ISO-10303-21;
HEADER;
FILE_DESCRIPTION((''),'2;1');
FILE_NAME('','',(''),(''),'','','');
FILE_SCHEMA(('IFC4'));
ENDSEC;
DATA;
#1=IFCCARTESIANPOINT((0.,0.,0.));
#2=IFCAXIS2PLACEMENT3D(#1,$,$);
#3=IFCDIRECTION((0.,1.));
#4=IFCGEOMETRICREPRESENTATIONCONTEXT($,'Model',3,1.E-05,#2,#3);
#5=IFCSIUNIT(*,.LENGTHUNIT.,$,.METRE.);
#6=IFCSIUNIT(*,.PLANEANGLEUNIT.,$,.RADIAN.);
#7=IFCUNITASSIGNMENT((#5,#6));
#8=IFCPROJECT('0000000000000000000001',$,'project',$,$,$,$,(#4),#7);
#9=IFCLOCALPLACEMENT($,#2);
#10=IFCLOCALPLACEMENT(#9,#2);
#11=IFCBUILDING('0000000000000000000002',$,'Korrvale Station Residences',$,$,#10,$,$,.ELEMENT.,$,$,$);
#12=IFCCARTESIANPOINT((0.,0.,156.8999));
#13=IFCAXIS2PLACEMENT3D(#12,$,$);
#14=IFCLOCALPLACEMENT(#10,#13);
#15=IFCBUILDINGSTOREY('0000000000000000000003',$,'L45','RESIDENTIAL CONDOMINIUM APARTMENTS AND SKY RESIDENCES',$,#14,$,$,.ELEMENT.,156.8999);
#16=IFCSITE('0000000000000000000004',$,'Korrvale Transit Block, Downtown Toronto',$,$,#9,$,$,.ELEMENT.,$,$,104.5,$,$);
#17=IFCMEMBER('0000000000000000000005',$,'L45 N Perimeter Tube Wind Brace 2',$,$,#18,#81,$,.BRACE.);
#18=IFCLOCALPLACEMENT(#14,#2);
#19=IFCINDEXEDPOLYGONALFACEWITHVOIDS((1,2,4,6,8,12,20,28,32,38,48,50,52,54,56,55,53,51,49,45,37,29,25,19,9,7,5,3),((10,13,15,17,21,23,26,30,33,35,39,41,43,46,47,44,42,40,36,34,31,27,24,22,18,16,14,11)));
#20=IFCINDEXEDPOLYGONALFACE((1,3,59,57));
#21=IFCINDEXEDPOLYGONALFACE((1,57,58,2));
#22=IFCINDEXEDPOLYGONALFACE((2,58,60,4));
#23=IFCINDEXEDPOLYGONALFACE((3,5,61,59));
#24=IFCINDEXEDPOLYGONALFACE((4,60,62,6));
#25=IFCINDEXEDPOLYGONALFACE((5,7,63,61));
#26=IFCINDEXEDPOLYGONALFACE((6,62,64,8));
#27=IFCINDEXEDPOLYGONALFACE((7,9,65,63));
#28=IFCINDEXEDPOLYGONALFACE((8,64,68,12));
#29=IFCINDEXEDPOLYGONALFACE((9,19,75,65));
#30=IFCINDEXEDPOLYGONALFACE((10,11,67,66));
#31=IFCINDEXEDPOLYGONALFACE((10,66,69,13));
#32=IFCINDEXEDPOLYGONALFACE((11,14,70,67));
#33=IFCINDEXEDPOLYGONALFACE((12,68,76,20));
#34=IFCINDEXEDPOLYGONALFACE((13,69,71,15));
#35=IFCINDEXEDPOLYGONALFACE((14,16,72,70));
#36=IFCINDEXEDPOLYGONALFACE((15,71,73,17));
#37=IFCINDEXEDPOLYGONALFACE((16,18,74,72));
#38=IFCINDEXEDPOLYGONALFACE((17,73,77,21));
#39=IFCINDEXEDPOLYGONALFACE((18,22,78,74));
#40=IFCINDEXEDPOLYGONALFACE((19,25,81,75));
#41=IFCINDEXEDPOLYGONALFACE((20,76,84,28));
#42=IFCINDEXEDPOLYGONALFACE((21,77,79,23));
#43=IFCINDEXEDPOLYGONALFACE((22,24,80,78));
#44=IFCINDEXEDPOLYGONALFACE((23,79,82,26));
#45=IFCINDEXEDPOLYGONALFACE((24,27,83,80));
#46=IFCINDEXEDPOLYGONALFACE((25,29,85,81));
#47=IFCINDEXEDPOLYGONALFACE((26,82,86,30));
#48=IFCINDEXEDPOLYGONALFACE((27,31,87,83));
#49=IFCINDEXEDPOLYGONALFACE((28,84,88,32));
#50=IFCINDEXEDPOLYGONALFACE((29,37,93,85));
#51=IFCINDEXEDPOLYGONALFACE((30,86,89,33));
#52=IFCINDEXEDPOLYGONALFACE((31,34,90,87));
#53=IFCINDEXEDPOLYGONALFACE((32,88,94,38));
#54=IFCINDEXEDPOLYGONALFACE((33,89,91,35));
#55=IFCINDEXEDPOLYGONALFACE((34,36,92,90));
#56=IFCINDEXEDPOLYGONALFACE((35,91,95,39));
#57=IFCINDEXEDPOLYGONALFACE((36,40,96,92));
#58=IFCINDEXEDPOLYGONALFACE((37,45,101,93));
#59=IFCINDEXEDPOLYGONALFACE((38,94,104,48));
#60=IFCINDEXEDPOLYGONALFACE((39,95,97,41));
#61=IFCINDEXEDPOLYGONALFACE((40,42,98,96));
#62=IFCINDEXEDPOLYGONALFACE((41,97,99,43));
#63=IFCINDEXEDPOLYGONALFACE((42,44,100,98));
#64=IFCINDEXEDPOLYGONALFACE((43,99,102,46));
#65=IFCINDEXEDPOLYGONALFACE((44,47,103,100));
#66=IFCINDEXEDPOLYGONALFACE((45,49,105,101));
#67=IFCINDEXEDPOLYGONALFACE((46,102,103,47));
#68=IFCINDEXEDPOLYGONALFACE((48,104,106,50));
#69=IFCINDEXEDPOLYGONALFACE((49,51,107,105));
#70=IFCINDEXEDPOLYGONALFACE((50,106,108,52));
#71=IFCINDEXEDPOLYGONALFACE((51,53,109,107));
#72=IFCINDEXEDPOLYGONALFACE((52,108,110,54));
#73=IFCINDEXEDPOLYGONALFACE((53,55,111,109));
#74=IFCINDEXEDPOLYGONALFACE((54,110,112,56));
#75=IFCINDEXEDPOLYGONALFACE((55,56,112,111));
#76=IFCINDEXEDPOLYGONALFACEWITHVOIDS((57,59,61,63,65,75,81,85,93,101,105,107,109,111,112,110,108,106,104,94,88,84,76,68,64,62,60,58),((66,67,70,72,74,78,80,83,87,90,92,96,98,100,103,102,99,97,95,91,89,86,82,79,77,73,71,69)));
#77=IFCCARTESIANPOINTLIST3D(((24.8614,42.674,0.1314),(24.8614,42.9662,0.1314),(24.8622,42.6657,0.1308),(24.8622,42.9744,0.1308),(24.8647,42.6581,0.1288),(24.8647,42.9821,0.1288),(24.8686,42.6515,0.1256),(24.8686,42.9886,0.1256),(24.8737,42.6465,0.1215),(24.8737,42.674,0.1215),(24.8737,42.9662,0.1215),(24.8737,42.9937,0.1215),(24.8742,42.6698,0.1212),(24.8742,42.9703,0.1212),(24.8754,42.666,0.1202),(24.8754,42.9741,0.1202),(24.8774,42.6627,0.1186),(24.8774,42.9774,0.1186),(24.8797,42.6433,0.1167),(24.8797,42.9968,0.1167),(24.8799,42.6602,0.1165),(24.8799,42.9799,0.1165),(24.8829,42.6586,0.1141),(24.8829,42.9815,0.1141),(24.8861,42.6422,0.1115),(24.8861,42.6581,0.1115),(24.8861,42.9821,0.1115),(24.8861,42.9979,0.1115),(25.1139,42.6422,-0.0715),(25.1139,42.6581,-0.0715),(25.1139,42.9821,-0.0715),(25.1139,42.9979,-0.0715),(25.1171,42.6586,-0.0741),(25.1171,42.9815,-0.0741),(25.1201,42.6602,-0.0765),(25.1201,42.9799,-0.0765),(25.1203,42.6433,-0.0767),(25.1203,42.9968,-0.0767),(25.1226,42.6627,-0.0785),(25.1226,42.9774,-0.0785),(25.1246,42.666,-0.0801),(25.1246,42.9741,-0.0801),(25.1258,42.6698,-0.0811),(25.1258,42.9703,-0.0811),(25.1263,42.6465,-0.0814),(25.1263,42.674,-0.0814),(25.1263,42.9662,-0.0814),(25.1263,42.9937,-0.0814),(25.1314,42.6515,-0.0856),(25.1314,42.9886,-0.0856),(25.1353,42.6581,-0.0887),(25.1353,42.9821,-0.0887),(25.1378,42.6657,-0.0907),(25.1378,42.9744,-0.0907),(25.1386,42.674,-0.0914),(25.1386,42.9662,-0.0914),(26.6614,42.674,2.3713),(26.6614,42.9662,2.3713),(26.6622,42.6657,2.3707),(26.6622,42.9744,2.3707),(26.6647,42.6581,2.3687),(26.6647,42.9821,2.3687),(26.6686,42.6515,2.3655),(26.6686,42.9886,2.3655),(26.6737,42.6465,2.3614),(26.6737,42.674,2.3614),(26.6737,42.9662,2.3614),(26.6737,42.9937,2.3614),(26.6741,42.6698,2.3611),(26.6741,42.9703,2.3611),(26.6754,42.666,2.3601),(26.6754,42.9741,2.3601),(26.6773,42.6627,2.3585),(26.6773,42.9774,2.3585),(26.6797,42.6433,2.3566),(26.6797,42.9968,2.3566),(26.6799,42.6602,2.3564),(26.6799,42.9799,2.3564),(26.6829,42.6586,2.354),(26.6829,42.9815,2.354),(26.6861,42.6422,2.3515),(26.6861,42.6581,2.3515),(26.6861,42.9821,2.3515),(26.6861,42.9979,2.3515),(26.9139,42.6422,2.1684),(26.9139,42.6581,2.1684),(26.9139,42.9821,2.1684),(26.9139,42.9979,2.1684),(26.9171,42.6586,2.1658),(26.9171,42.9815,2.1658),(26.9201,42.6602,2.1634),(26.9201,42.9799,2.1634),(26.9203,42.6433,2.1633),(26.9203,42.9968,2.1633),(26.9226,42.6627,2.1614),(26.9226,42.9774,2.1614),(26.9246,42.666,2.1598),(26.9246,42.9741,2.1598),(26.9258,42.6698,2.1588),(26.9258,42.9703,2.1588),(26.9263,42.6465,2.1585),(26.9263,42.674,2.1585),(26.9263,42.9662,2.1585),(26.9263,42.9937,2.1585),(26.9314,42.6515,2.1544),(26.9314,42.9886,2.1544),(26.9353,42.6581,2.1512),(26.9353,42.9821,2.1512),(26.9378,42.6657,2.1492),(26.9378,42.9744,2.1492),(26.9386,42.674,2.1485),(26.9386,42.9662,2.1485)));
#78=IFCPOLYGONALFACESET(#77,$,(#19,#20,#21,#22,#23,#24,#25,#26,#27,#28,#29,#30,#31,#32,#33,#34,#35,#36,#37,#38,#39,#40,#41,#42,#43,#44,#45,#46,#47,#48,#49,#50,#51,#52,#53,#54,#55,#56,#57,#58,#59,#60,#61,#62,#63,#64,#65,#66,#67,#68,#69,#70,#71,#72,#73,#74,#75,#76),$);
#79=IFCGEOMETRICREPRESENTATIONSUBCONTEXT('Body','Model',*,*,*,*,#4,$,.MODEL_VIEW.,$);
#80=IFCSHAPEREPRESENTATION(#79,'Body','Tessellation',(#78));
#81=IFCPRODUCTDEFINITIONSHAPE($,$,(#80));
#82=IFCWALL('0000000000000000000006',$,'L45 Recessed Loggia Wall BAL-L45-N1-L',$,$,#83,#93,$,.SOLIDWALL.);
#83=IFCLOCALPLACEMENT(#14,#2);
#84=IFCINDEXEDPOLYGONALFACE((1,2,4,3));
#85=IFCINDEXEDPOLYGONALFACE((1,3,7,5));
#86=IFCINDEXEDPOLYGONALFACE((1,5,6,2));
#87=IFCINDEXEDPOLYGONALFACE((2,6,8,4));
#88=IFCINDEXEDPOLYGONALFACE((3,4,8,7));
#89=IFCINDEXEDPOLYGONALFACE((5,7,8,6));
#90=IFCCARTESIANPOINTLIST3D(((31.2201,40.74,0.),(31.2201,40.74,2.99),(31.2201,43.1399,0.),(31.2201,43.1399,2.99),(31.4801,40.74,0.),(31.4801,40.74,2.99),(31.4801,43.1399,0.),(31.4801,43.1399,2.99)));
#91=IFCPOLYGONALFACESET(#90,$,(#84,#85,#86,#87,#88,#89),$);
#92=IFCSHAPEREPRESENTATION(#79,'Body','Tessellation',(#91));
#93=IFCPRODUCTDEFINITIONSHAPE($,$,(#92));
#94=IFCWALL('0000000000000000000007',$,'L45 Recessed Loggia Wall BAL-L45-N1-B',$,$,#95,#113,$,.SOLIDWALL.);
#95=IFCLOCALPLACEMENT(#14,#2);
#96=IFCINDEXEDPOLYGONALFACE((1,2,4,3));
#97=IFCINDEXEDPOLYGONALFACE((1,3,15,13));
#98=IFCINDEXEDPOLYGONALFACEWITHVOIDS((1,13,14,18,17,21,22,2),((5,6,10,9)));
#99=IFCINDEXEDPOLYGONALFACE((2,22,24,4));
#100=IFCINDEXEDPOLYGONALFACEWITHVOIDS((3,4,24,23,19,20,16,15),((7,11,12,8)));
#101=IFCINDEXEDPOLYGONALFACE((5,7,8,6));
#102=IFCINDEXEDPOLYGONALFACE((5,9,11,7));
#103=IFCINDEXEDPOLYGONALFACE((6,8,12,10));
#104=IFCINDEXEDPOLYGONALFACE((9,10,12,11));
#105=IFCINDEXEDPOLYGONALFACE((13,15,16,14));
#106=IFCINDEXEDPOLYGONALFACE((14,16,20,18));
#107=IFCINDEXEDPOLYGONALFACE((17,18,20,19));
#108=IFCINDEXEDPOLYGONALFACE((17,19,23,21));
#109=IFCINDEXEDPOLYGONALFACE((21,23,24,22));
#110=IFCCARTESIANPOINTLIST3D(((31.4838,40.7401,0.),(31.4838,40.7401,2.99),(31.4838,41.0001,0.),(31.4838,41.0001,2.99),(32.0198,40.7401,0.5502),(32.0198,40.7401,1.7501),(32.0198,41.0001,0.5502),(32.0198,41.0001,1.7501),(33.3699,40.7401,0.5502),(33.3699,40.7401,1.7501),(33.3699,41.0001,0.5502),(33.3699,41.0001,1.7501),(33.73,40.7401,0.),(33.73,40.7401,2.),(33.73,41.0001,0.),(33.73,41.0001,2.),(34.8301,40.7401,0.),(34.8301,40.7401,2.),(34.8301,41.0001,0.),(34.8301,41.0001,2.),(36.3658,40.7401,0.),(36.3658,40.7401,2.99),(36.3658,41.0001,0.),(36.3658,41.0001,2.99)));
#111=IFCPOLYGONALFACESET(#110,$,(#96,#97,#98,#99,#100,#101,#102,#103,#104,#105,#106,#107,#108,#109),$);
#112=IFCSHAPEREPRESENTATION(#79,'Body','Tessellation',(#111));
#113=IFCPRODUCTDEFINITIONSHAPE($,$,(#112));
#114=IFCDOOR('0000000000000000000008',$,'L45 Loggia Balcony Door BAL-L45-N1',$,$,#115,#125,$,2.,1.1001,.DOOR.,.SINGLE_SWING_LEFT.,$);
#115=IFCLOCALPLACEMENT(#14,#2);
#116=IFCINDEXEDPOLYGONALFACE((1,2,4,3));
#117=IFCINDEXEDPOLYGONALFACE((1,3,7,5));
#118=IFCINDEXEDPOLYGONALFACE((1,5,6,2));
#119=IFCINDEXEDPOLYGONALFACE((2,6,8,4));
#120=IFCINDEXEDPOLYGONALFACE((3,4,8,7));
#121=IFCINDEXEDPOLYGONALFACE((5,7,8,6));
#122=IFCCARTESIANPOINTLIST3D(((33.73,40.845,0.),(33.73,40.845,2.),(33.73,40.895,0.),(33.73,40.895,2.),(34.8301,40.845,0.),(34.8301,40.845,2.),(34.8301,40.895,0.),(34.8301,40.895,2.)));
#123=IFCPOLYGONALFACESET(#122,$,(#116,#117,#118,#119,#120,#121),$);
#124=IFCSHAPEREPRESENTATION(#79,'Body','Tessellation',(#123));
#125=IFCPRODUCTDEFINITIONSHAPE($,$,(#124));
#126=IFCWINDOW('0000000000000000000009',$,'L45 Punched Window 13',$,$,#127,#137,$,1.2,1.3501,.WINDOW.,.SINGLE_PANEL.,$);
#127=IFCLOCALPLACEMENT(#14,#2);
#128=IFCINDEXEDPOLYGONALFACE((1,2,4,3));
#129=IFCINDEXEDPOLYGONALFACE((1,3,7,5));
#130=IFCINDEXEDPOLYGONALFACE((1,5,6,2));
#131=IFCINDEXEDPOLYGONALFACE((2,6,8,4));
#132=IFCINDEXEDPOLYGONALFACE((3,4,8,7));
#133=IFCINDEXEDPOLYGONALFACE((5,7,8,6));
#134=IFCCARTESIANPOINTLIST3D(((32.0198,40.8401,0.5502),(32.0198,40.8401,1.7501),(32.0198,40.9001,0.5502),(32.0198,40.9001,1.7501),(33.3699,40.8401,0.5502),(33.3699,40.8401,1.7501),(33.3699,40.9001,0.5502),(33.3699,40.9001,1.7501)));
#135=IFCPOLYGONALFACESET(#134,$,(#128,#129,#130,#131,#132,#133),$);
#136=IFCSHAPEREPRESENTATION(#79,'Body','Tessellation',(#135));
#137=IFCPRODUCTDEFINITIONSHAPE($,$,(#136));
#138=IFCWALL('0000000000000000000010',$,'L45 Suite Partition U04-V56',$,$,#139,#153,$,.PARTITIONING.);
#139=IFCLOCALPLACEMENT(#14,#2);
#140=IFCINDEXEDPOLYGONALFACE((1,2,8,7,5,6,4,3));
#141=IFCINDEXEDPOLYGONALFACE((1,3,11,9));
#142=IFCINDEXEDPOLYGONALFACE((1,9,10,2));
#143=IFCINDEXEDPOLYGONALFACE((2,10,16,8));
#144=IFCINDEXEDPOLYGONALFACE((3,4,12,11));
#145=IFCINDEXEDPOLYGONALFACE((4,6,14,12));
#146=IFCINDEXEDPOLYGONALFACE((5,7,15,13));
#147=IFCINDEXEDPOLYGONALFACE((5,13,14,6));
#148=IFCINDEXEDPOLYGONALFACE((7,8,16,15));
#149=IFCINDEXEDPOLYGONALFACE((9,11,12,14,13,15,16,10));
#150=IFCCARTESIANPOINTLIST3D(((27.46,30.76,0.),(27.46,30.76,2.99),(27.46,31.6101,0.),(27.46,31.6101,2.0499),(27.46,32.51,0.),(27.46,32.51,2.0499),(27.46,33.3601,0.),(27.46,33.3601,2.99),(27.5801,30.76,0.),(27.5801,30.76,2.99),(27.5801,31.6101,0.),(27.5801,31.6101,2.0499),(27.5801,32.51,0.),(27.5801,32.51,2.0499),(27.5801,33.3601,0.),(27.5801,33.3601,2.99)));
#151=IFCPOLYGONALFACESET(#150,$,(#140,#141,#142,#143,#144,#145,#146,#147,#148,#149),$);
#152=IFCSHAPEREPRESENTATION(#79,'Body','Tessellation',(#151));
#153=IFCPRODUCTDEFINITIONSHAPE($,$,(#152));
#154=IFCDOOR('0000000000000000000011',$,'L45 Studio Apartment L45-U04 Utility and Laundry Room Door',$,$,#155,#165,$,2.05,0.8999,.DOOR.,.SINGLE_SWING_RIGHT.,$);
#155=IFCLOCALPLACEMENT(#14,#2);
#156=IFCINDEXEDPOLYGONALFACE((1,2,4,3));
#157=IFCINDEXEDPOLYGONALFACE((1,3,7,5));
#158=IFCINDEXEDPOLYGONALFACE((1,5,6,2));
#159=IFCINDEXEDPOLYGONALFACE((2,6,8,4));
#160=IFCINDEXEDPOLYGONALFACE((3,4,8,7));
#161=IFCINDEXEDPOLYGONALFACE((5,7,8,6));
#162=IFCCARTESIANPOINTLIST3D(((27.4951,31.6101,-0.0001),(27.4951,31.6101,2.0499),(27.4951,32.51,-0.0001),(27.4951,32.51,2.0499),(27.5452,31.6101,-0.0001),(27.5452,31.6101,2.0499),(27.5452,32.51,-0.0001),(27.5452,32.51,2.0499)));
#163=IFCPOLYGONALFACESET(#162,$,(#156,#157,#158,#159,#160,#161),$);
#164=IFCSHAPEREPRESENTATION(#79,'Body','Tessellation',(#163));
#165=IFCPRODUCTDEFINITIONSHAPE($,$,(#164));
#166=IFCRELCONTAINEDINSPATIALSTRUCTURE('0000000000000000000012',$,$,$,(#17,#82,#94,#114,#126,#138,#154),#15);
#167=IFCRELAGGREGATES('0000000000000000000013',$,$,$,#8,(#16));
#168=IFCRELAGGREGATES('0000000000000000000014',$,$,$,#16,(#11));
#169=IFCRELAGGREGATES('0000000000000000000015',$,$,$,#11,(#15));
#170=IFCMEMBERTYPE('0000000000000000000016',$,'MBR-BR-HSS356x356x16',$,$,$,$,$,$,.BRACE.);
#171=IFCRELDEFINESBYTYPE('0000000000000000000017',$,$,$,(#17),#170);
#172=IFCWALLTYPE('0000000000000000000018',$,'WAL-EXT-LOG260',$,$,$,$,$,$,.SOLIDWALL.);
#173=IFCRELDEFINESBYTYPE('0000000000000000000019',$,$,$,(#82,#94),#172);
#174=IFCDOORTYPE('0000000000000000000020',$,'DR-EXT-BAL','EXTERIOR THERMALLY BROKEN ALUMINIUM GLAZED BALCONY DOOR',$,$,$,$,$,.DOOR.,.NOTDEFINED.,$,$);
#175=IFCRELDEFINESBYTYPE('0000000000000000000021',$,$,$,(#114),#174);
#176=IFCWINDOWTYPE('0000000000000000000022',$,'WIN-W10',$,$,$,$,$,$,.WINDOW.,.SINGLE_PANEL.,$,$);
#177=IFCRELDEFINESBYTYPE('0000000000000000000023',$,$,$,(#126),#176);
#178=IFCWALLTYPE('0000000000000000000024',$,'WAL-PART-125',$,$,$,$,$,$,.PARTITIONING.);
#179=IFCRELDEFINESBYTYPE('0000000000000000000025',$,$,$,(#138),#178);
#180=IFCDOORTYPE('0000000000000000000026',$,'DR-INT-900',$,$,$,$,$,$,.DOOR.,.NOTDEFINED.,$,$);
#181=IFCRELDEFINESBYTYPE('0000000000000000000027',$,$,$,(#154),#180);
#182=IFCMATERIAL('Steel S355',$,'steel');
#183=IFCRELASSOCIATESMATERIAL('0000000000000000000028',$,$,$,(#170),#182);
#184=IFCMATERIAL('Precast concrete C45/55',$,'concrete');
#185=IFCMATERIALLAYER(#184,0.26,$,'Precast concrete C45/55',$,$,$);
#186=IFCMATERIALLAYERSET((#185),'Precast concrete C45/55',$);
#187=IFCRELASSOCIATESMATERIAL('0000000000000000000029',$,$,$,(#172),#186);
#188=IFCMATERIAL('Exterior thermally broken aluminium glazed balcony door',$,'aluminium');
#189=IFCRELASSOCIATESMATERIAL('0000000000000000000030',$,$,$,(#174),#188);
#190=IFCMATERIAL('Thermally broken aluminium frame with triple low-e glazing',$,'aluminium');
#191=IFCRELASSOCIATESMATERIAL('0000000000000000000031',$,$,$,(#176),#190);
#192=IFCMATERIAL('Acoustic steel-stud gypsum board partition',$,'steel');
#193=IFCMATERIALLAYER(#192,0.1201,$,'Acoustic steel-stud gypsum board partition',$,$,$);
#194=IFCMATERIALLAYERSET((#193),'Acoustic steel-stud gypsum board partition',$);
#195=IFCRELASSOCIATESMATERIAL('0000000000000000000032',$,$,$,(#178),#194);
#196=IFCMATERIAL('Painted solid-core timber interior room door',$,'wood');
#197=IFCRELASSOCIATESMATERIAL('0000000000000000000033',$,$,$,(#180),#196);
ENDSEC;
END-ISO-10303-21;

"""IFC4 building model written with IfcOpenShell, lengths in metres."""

from ifc_helpers import new_model, si_unit, direction, frame, frame_2d, origin, origin_2d, place, context, subcontext, project, spatial, rectangle, hollow_rectangle, extrude, material, layer, layer_set, material_profile, profile_set, type_object, element, fill, save


model = new_model("IFC4")

# Units and contexts
model_context = context("Model", 3, precision=1e-05, world=origin(), true_north=direction((0.0, 1.0)))
body_context = subcontext(model_context, "Body", "Model", "MODEL_VIEW")
ifc_project = project(units=[si_unit("LENGTHUNIT", "METRE"), si_unit("PLANEANGLEUNIT", "RADIAN")], contexts=[model_context])

# Site, building, storey
site_placement = place(None, origin())
site = spatial("IfcSite", under=ifc_project, at=site_placement, Name="Korrvale Transit Block, Downtown Toronto", CompositionType="ELEMENT", RefElevation=104.5)
building_placement = place(site_placement, origin())
building = spatial("IfcBuilding", under=site, at=building_placement, Name="Korrvale Station Residences", CompositionType="ELEMENT")
storey_placement = place(building_placement, frame((0.0, 0.0, 156.8999)))
storey = spatial("IfcBuildingStorey", under=building, at=storey_placement, Name="L45", Description="RESIDENTIAL CONDOMINIUM APARTMENTS AND SKY RESIDENCES", CompositionType="ELEMENT", Elevation=156.8999)

# Shared definitions
ifc_material_1 = material(Name="Steel S355", Category="steel")

# Member
ifc_material_profile_1 = material_profile(ifc_material_1, hollow_rectangle(XDim=0.3557, YDim=0.3557, WallThickness=0.0159, InnerFilletRadius=0.0159, OuterFilletRadius=0.0317, at=origin_2d()), Name="HSS356x356x16")
ifc_profile_set_1 = profile_set([ifc_material_profile_1], Name="Steel S355")
member_type = type_object("IfcMemberType", Name="MBR-BR-HSS356x356x16", PredefinedType="BRACE", material=ifc_profile_set_1)
for number, where, z_axis, x_axis, name in (
    (1, (25.0, 42.8201, 0.02), (0.626403, 0.0, 0.779499), (0.0, 1.0, 0.0), "L45 N Perimeter Tube Wind Brace 2"),
):
    element("IfcMember", number, at=place(storey_placement, frame(where, z_axis=z_axis, x_axis=x_axis)), inside=storey, type_object=member_type, Name=name, PredefinedType="BRACE", context=body_context, shape_type="SweptSolid", body=[
        extrude(hollow_rectangle(XDim=0.3557, YDim=0.3557, WallThickness=0.0159, InnerFilletRadius=0.0159, OuterFilletRadius=0.0317, at=origin_2d()), origin(), (0.0, 0.0, 1.0), 2.8735),
    ])

# Wall
ifc_material_2 = material(Name="Precast concrete C45/55", Category="concrete")
ifc_layer_1 = layer(ifc_material_2, 0.26, Name="Precast concrete C45/55")
ifc_layer_set_1 = layer_set([ifc_layer_1], Name="Precast concrete C45/55")
wall_type_1 = type_object("IfcWallType", Name="WAL-EXT-LOG260", PredefinedType="SOLIDWALL", material=ifc_layer_set_1)
wall_1_placement = place(storey_placement, frame((31.3501, 43.1399, 0.0), z_axis=(0.0, 0.0, 1.0), x_axis=(0.0, -1.0, 0.0)))
element("IfcWall", 2, at=wall_1_placement, inside=storey, type_object=wall_type_1, Name="L45 Recessed Loggia Wall BAL-L45-N1-L", PredefinedType="SOLIDWALL", context=body_context, shape_type="SweptSolid", body=[
    extrude(rectangle(XDim=2.3999, YDim=0.26, at=frame_2d((1.2, 0.0))), origin(), (0.0, 0.0, 1.0), 2.99),
])

# Wall, openings, door, window
wall_2_placement = place(storey_placement, frame((31.4839, 40.8701, 0.0), z_axis=(0.0, 0.0, 1.0), x_axis=(1.0, 0.0, 0.0)))
wall_2 = element("IfcWall", 3, at=wall_2_placement, inside=storey, type_object=wall_type_1, Name="L45 Recessed Loggia Wall BAL-L45-N1-B", PredefinedType="SOLIDWALL", context=body_context, shape_type="SweptSolid", body=[
    extrude(rectangle(XDim=4.8821, YDim=0.26, at=frame_2d((2.4409, 0.0))), origin(), (0.0, 0.0, 1.0), 2.99),
])
opening_1_placement = place(wall_2_placement, frame((2.2461, 0.0, 0.0)))
opening_1 = element("IfcOpeningElement", 4, at=opening_1_placement, cuts=wall_2, PredefinedType="OPENING", context=body_context, shape_type="SweptSolid", body=[
    extrude(rectangle(XDim=1.1001, YDim=2.0, at=frame_2d((0.55, 1.0))), frame((0.0, 0.1401, 0.0), z_axis=(0.0, -1.0, 0.0), x_axis=(1.0, 0.0, 0.0)), (0.0, 0.0, 1.0), 0.28),
])
opening_2_placement = place(wall_2_placement, frame((0.5359, 0.0, 0.55)))
opening_2 = element("IfcOpeningElement", 5, at=opening_2_placement, cuts=wall_2, PredefinedType="OPENING", context=body_context, shape_type="SweptSolid", body=[
    extrude(rectangle(XDim=1.3501, YDim=1.2, at=frame_2d((0.675, 0.6001))), frame((0.0, 0.1401, 0.0), z_axis=(0.0, -1.0, 0.0), x_axis=(1.0, 0.0, 0.0)), (0.0, 0.0, 1.0), 0.28),
])
ifc_material_3 = material(Name="Exterior thermally broken aluminium glazed balcony door", Category="aluminium")
door_type_1 = type_object("IfcDoorType", Name="DR-EXT-BAL", Description="EXTERIOR THERMALLY BROKEN ALUMINIUM GLAZED BALCONY DOOR", OperationType="NOTDEFINED", PredefinedType="DOOR", material=ifc_material_3)
door_1_placement = place(opening_1_placement, origin())
door_1 = element("IfcDoor", 6, at=door_1_placement, inside=storey, type_object=door_type_1, Name="L45 Loggia Balcony Door BAL-L45-N1", OperationType="SINGLE_SWING_LEFT", OverallHeight=2.0, OverallWidth=1.1001, PredefinedType="DOOR", context=body_context, shape_type="SweptSolid", body=[
    extrude(rectangle(XDim=1.1001, YDim=2.0, at=frame_2d((0.55, 1.0))), frame((0.0, 0.0249, 0.0), z_axis=(0.0, -1.0, 0.0), x_axis=(1.0, 0.0, 0.0)), (0.0, 0.0, 1.0), 0.05),
])
fill(opening_1, door_1)
ifc_material_4 = material(Name="Thermally broken aluminium frame with triple low-e glazing", Category="aluminium")
window_type = type_object("IfcWindowType", Name="WIN-W10", PartitioningType="SINGLE_PANEL", PredefinedType="WINDOW", material=ifc_material_4)
window_placement = place(opening_2_placement, origin())
window = element("IfcWindow", 7, at=window_placement, inside=storey, type_object=window_type, Name="L45 Punched Window 13", OverallHeight=1.2, OverallWidth=1.3501, PartitioningType="SINGLE_PANEL", PredefinedType="WINDOW", context=body_context, shape_type="SweptSolid", body=[
    extrude(rectangle(XDim=1.3501, YDim=1.2, at=frame_2d((0.675, 0.6001))), frame((0.0, 0.03, 0.0), z_axis=(0.0, -1.0, 0.0), x_axis=(1.0, 0.0, 0.0)), (0.0, 0.0, 1.0), 0.0601),
])
fill(opening_2, window)

# Wall, opening, door
ifc_material_5 = material(Name="Acoustic steel-stud gypsum board partition", Category="steel")
ifc_layer_2 = layer(ifc_material_5, 0.1201, Name="Acoustic steel-stud gypsum board partition")
ifc_layer_set_2 = layer_set([ifc_layer_2], Name="Acoustic steel-stud gypsum board partition")
wall_type_2 = type_object("IfcWallType", Name="WAL-PART-125", PredefinedType="PARTITIONING", material=ifc_layer_set_2)
wall_3_placement = place(storey_placement, frame((27.52, 30.76, 0.0), z_axis=(0.0, 0.0, 1.0), x_axis=(0.0, 1.0, 0.0)))
wall_3 = element("IfcWall", 8, at=wall_3_placement, inside=storey, type_object=wall_type_2, Name="L45 Suite Partition U04-V56", PredefinedType="PARTITIONING", context=body_context, shape_type="SweptSolid", body=[
    extrude(rectangle(XDim=2.6001, YDim=0.1201, at=frame_2d((1.3, 0.0))), origin(), (0.0, 0.0, 1.0), 2.99),
])
opening_3_placement = place(wall_3_placement, frame((0.8501, 0.0, 0.0)))
opening_3 = element("IfcOpeningElement", 9, at=opening_3_placement, cuts=wall_3, PredefinedType="OPENING", context=body_context, shape_type="SweptSolid", body=[
    extrude(rectangle(XDim=0.8999, YDim=2.05, at=frame_2d((0.45, 1.0249))), frame((0.0, 0.0701, 0.0), z_axis=(0.0, -1.0, 0.0), x_axis=(1.0, 0.0, 0.0)), (0.0, 0.0, 1.0), 0.1401),
])
ifc_material_6 = material(Name="Painted solid-core timber interior room door", Category="wood")
door_type_2 = type_object("IfcDoorType", Name="DR-INT-900", OperationType="NOTDEFINED", PredefinedType="DOOR", material=ifc_material_6)
door_2_placement = place(opening_3_placement, origin())
door_2 = element("IfcDoor", 10, at=door_2_placement, inside=storey, type_object=door_type_2, Name="L45 Studio Apartment L45-U04 Utility and Laundry Room Door", OperationType="SINGLE_SWING_RIGHT", OverallHeight=2.05, OverallWidth=0.8999, PredefinedType="DOOR", context=body_context, shape_type="SweptSolid", body=[
    extrude(rectangle(XDim=0.8999, YDim=2.05, at=frame_2d((0.45, 1.0249))), frame((0.0, 0.0249, 0.0), z_axis=(0.0, -1.0, 0.0), x_axis=(1.0, 0.0, 0.0)), (0.0, 0.0, 1.0), 0.05),
])
fill(opening_3, door_2)

save(model, "model.ifc")
